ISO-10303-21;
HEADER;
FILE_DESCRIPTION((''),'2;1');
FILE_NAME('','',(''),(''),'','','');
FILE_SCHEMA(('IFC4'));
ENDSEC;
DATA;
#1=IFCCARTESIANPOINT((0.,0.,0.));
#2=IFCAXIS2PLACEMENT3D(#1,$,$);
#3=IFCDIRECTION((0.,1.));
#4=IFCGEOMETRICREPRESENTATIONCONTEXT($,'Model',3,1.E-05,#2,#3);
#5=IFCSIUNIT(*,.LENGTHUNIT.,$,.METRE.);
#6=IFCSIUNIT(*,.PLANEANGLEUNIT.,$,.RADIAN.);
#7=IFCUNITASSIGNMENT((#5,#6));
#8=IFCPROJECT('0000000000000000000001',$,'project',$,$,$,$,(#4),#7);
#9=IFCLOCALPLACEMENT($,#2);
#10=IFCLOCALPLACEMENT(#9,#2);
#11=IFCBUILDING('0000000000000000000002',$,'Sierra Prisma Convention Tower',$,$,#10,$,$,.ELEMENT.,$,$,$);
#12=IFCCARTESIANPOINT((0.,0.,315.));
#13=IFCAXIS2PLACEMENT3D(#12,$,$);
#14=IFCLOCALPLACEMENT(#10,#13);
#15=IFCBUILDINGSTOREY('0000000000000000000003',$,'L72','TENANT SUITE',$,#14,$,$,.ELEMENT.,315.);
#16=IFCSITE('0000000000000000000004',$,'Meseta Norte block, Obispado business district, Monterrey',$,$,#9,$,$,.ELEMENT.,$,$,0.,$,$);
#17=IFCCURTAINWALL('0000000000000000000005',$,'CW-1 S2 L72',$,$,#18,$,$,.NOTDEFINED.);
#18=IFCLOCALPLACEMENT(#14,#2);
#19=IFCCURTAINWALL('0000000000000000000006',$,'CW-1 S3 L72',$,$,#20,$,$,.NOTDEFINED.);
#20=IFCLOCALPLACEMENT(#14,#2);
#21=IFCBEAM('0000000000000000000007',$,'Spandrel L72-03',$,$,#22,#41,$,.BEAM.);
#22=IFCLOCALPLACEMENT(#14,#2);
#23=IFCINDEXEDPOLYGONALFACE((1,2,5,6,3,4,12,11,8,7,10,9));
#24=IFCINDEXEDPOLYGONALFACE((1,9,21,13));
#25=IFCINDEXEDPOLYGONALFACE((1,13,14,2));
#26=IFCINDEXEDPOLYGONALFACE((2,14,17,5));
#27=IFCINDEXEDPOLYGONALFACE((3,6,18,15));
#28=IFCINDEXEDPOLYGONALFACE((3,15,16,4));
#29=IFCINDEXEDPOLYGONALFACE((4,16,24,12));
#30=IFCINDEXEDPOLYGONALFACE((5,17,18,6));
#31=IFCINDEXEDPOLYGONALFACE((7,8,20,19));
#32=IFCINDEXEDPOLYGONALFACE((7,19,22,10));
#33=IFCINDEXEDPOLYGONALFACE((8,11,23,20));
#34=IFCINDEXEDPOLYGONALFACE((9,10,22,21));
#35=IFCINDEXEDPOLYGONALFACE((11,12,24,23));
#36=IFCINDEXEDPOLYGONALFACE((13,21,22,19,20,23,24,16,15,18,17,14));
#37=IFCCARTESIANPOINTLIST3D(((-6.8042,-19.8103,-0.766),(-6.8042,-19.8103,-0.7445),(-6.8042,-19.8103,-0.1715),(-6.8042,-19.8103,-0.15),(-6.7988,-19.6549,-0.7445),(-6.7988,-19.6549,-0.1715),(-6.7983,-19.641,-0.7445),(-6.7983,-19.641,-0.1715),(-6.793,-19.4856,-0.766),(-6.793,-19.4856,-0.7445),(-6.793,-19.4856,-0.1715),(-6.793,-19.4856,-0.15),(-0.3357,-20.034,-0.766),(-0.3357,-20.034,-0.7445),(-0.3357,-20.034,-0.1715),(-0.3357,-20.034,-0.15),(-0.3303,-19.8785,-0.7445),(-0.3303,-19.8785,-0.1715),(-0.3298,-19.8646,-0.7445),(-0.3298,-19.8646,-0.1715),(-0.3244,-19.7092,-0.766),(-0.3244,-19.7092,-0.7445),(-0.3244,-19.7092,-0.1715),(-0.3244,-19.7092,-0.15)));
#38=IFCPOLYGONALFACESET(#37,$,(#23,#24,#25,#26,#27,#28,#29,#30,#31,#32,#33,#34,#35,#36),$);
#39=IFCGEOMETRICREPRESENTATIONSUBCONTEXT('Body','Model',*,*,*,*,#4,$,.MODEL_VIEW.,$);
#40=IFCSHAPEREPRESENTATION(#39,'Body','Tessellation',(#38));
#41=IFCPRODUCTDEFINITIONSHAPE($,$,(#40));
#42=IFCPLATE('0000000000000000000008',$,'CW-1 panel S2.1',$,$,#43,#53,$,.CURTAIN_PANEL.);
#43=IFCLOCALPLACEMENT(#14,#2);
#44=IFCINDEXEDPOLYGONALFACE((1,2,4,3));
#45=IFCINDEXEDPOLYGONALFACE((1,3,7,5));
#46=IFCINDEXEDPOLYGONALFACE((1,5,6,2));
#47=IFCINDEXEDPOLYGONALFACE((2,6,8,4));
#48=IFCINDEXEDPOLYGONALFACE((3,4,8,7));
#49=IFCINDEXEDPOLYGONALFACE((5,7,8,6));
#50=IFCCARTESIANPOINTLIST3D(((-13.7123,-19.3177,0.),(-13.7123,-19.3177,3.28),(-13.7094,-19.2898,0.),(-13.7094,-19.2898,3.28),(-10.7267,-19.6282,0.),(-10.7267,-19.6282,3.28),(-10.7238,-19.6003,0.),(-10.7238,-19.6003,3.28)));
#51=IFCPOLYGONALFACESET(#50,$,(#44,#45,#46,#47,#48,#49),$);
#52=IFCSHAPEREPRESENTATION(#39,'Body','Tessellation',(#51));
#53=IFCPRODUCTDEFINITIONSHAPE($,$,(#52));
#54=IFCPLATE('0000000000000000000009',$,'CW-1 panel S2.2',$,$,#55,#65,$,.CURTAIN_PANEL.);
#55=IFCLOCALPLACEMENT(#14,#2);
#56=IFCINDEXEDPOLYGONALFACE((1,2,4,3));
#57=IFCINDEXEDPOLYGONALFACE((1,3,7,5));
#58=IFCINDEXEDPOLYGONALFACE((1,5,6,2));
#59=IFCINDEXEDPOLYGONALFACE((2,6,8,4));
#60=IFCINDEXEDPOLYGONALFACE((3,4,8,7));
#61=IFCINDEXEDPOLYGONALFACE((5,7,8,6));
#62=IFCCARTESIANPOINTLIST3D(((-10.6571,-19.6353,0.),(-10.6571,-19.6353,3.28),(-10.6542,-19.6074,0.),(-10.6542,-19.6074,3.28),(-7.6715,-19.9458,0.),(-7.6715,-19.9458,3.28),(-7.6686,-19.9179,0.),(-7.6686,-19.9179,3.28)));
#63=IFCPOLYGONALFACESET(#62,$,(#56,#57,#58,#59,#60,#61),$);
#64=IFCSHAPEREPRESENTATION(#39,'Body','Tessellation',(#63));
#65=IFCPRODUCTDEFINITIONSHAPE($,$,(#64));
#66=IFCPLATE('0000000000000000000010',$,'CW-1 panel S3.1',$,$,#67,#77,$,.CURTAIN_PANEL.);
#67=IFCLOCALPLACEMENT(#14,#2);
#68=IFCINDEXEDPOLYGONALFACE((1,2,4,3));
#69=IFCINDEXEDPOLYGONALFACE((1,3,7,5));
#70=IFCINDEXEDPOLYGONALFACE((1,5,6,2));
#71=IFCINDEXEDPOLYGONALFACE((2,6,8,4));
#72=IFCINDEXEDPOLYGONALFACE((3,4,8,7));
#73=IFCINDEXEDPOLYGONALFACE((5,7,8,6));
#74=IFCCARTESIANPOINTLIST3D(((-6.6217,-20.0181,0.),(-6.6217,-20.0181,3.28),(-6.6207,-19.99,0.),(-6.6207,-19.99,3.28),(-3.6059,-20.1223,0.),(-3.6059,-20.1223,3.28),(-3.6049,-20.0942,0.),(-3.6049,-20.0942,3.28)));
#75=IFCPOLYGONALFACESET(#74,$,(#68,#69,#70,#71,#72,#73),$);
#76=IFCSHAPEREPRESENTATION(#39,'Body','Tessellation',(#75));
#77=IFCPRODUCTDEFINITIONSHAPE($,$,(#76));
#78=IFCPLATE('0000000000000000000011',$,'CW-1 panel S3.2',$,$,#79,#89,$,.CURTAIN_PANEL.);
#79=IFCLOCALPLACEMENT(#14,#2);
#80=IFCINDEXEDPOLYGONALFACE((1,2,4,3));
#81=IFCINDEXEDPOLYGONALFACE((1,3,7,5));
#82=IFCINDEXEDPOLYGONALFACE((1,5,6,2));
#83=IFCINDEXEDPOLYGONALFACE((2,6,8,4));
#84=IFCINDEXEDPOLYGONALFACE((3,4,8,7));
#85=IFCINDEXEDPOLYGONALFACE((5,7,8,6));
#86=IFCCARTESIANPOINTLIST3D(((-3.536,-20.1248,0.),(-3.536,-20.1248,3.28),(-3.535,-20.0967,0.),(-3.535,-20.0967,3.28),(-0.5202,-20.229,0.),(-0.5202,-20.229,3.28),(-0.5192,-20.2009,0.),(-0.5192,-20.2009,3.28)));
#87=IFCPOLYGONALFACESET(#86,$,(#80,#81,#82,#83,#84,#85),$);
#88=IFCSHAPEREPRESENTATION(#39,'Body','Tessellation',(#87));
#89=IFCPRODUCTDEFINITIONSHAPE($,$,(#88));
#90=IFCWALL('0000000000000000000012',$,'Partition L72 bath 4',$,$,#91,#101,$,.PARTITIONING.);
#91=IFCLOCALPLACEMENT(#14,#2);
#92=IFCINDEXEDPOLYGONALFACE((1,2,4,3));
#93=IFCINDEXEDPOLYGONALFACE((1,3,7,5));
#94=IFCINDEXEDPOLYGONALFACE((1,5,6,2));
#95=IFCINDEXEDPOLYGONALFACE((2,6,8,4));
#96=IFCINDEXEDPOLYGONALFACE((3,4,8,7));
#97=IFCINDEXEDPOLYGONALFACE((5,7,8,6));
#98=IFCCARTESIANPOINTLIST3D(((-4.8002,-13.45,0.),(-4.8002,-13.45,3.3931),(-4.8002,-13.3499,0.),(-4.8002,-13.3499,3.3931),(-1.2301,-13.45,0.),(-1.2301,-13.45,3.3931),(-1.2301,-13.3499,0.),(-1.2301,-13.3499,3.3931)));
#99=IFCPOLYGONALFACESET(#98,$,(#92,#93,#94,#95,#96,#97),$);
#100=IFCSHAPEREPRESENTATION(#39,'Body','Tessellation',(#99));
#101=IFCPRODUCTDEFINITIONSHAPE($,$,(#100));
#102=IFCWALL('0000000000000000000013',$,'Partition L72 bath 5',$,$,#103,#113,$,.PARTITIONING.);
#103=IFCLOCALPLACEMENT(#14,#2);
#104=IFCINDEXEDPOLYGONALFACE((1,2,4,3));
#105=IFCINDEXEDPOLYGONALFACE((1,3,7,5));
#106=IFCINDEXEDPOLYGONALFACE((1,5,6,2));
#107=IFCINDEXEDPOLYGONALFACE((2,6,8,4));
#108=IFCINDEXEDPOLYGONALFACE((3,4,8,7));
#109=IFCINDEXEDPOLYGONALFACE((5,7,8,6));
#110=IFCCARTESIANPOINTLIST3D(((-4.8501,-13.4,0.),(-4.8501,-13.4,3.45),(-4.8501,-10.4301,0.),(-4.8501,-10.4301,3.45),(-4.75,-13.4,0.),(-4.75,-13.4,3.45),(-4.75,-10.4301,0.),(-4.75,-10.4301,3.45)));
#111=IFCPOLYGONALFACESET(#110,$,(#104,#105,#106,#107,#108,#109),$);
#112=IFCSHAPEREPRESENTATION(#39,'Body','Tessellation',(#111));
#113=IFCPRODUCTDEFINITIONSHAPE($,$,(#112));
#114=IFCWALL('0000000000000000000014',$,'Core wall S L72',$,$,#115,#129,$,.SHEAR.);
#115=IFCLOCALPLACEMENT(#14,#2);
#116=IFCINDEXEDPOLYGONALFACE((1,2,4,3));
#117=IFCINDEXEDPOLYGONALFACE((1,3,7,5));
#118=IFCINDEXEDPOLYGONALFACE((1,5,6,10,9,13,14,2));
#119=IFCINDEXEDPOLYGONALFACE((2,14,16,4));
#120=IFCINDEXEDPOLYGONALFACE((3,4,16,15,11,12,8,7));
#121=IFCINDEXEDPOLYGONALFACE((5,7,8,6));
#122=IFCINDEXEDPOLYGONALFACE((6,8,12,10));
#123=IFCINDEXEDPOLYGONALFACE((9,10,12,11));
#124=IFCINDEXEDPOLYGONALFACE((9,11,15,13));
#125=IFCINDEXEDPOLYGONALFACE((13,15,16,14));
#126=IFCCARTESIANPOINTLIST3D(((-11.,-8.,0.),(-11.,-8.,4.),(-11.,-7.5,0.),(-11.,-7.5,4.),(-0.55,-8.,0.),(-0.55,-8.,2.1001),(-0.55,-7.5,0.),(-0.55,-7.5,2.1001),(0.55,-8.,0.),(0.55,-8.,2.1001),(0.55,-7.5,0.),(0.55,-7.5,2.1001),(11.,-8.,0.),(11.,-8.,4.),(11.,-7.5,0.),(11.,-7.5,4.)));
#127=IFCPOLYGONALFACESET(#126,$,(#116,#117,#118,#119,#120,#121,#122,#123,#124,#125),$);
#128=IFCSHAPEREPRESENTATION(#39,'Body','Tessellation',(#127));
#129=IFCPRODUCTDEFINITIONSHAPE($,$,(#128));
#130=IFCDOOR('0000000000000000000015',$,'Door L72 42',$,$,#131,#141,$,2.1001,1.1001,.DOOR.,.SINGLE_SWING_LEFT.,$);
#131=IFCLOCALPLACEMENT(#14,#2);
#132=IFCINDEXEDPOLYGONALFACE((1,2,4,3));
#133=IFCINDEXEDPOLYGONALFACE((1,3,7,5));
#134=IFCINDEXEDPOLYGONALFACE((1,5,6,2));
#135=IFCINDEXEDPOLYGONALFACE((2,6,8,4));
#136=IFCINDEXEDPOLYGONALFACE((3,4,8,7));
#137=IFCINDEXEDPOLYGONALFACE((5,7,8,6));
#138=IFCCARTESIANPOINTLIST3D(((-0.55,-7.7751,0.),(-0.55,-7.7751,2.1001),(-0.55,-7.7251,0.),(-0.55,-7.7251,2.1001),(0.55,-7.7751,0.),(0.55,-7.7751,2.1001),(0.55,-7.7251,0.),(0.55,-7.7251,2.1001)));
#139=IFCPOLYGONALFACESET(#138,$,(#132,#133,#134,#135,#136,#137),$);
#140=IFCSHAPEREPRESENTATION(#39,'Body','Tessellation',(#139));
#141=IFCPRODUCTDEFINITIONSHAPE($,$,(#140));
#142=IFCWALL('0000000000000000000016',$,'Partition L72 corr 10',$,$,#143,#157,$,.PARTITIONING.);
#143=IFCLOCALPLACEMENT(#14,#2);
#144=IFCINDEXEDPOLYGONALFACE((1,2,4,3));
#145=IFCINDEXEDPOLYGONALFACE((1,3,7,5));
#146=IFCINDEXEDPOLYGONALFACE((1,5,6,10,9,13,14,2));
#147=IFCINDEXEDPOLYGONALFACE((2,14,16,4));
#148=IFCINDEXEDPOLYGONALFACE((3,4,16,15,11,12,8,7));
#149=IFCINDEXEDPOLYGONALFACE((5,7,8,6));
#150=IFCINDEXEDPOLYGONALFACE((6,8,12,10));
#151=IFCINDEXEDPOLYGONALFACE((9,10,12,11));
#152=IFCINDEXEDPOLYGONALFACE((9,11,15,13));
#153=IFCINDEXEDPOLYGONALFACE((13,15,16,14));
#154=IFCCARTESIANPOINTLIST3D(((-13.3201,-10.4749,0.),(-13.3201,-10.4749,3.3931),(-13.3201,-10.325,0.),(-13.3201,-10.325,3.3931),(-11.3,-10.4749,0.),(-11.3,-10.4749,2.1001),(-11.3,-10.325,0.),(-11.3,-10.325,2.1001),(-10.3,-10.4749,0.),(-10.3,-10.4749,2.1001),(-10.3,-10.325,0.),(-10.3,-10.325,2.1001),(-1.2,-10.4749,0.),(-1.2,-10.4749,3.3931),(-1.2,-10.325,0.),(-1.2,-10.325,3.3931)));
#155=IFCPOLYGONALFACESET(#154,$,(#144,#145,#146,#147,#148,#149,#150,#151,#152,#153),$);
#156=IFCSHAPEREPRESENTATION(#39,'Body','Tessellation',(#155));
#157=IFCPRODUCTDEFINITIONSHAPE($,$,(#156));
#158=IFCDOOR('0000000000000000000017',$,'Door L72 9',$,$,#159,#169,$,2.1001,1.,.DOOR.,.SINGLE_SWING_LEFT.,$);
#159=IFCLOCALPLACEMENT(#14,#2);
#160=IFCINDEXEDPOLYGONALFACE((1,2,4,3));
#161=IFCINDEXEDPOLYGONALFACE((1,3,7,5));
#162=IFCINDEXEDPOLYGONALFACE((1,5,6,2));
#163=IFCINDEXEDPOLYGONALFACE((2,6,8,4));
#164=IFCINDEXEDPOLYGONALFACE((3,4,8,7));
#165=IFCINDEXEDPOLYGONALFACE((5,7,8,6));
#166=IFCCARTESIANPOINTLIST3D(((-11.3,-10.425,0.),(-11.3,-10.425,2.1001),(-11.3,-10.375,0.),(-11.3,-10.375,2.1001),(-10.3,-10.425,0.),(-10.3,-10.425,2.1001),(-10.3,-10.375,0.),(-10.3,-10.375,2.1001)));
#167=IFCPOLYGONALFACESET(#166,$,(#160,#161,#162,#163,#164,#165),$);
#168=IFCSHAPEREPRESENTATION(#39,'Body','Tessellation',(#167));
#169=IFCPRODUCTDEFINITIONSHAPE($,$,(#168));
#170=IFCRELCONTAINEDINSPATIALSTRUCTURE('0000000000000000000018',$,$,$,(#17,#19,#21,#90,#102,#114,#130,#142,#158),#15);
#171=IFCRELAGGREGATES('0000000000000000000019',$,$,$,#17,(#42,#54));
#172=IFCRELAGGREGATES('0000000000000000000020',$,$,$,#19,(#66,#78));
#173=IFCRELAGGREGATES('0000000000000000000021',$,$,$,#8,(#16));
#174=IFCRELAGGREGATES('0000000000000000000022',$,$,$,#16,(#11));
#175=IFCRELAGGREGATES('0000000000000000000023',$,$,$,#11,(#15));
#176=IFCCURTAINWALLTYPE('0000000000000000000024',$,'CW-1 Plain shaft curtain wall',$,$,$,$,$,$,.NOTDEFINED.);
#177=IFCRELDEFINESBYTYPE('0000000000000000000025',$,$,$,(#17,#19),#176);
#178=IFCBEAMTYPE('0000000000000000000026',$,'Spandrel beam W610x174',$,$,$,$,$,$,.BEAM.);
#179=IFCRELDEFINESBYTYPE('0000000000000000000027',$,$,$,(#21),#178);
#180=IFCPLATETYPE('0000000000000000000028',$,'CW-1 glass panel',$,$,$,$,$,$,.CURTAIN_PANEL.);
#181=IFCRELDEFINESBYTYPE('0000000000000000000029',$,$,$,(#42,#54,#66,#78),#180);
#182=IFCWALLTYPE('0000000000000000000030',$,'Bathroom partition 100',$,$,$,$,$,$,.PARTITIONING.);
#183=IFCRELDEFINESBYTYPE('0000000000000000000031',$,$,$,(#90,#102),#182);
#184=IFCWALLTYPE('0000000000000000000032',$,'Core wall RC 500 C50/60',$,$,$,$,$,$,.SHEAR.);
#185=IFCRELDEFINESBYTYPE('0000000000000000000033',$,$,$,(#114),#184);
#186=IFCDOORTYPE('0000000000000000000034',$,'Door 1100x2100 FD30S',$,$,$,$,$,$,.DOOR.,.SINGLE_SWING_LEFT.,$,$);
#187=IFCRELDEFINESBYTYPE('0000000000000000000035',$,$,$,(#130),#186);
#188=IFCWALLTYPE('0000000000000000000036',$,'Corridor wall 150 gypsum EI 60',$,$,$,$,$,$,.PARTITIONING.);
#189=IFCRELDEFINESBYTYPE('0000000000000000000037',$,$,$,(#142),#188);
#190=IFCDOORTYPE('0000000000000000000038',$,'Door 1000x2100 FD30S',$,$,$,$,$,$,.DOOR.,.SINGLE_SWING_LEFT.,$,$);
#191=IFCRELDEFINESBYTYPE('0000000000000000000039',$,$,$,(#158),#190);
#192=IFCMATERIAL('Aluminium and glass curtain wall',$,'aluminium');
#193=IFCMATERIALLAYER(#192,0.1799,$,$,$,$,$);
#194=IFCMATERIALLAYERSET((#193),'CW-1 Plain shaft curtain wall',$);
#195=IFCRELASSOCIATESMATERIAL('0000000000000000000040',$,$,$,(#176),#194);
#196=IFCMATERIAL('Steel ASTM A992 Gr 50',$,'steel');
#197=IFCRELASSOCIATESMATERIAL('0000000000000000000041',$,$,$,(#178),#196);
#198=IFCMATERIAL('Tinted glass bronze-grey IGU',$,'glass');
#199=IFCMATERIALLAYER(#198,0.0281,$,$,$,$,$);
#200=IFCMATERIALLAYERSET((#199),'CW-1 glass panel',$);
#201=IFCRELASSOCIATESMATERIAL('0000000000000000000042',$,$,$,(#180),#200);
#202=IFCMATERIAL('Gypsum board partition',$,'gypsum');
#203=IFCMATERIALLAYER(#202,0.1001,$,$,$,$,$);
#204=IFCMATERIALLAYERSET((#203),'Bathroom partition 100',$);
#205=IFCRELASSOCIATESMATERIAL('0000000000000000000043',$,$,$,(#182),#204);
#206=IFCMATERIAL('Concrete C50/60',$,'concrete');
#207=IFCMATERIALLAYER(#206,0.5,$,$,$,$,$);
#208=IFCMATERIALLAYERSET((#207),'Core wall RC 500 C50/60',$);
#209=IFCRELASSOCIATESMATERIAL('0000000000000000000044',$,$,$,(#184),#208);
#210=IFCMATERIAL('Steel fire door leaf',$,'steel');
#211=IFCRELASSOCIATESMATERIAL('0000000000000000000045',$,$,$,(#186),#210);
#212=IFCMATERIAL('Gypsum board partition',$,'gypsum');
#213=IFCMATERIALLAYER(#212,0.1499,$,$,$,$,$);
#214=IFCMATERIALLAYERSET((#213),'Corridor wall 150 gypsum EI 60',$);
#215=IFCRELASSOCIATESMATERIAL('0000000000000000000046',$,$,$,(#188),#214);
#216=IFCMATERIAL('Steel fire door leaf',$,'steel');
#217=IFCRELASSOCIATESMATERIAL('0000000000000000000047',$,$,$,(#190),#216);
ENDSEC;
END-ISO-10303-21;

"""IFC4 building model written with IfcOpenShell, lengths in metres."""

from ifc_helpers import new_model, si_unit, direction, frame, frame_2d, origin, origin_2d, place, context, subcontext, project, spatial, rectangle, i_section, extrude, material, layer, layer_set, material_profile, profile_set, type_object, element, fill, aggregate, save


model = new_model("IFC4")

# Units and contexts
model_context = context("Model", 3, precision=1e-05, world=origin(), true_north=direction((0.0, 1.0)))
body_context = subcontext(model_context, "Body", "Model", "MODEL_VIEW")
ifc_project = project(units=[si_unit("LENGTHUNIT", "METRE"), si_unit("PLANEANGLEUNIT", "RADIAN")], contexts=[model_context])

# Site, building, storey
site_placement = place(None, origin())
site = spatial("IfcSite", under=ifc_project, at=site_placement, Name="Meseta Norte block, Obispado business district, Monterrey", CompositionType="ELEMENT", RefElevation=0.0)
building_placement = place(site_placement, origin())
building = spatial("IfcBuilding", under=site, at=building_placement, Name="Sierra Prisma Convention Tower", CompositionType="ELEMENT")
storey_placement = place(building_placement, frame((0.0, 0.0, 315.0)))
storey = spatial("IfcBuildingStorey", under=building, at=storey_placement, Name="L72", Description="TENANT SUITE", CompositionType="ELEMENT", Elevation=315.0)

# Curtain wall
ifc_material_1 = material(Name="Aluminium and glass curtain wall", Category="aluminium")
ifc_layer_1 = layer(ifc_material_1, 0.1799)
ifc_layer_set_1 = layer_set([ifc_layer_1], Name="CW-1 Plain shaft curtain wall")
curtain_wall_type = type_object("IfcCurtainWallType", Name="CW-1 Plain shaft curtain wall", PredefinedType="NOTDEFINED", material=ifc_layer_set_1)
curtain_wall_1_placement = place(storey_placement, origin())
curtain_wall_1 = element("IfcCurtainWall", 1, at=curtain_wall_1_placement, inside=storey, type_object=curtain_wall_type, Name="CW-1 S2 L72", PredefinedType="NOTDEFINED")

# Curtain wall
curtain_wall_2_placement = place(storey_placement, origin())
curtain_wall_2 = element("IfcCurtainWall", 2, at=curtain_wall_2_placement, inside=storey, type_object=curtain_wall_type, Name="CW-1 S3 L72", PredefinedType="NOTDEFINED")

# Beam
ifc_material_2 = material(Name="Steel ASTM A992 Gr 50", Category="steel")
ifc_material_profile_1 = material_profile(ifc_material_2, i_section(OverallWidth=0.325, OverallDepth=0.616, WebThickness=0.0139, FlangeThickness=0.0215, at=origin_2d()), Name="W610x174")
ifc_profile_set_1 = profile_set([ifc_material_profile_1], Name="Steel ASTM A992 Gr 50")
beam_type_1 = type_object("IfcBeamType", Name="Spandrel beam W610x174", PredefinedType="BEAM", material=ifc_profile_set_1)
beam_1_placement = place(storey_placement, frame((-6.7986, -19.6479, -0.458), z_axis=(0.999403, -0.034552, 0.0), x_axis=(0.034552, 0.999403, 0.0)))
element("IfcBeam", 3, at=beam_1_placement, inside=storey, type_object=beam_type_1, Name="Spandrel L72-03", PredefinedType="BEAM", context=body_context, shape_type="SweptSolid", body=[
    extrude(i_section(OverallWidth=0.325, OverallDepth=0.616, WebThickness=0.0139, FlangeThickness=0.0215, at=origin_2d()), origin(), (0.0, 0.0, 1.0), 6.4724),
])

# Plates
ifc_material_3 = material(Name="Tinted glass bronze-grey IGU", Category="glass")
ifc_layer_2 = layer(ifc_material_3, 0.0281)
ifc_layer_set_2 = layer_set([ifc_layer_2], Name="CW-1 glass panel")
plate_type = type_object("IfcPlateType", Name="CW-1 glass panel", PredefinedType="CURTAIN_PANEL", material=ifc_layer_set_2)
plate_1_placement = place(storey_placement, frame((-12.218, -19.459, 0.0), z_axis=(0.0, 0.0, 1.0), x_axis=(0.994637, -0.103428, 0.0)))
plate_1 = element("IfcPlate", 4, at=plate_1_placement, type_object=plate_type, Name="CW-1 panel S2.1", PredefinedType="CURTAIN_PANEL", context=body_context, shape_type="SweptSolid", body=[
    extrude(rectangle(XDim=3.0017, YDim=0.0281, at=origin_2d()), origin(), (0.0, 0.0, 1.0), 3.28),
])
plate_2_placement = place(storey_placement, frame((-9.1628, -19.7766, 0.0), z_axis=(0.0, 0.0, 1.0), x_axis=(0.994637, -0.103428, 0.0)))
plate_2 = element("IfcPlate", 5, at=plate_2_placement, type_object=plate_type, Name="CW-1 panel S2.2", PredefinedType="CURTAIN_PANEL", context=body_context, shape_type="SweptSolid", body=[
    extrude(rectangle(XDim=3.0017, YDim=0.0281, at=origin_2d()), origin(), (0.0, 0.0, 1.0), 3.28),
])
aggregate(curtain_wall_1, [plate_1, plate_2])
plate_3_placement = place(storey_placement, frame((-5.1133, -20.0562, 0.0), z_axis=(0.0, 0.0, 1.0), x_axis=(0.999404, -0.034531, 0.0)))
plate_3 = element("IfcPlate", 6, at=plate_3_placement, type_object=plate_type, Name="CW-1 panel S3.1", PredefinedType="CURTAIN_PANEL", context=body_context, shape_type="SweptSolid", body=[
    extrude(rectangle(XDim=3.0176, YDim=0.0281, at=origin_2d()), origin(), (0.0, 0.0, 1.0), 3.28),
])
plate_4_placement = place(storey_placement, frame((-2.0276, -20.1628, 0.0), z_axis=(0.0, 0.0, 1.0), x_axis=(0.999404, -0.034531, 0.0)))
plate_4 = element("IfcPlate", 7, at=plate_4_placement, type_object=plate_type, Name="CW-1 panel S3.2", PredefinedType="CURTAIN_PANEL", context=body_context, shape_type="SweptSolid", body=[
    extrude(rectangle(XDim=3.0176, YDim=0.0281, at=origin_2d()), origin(), (0.0, 0.0, 1.0), 3.28),
])
aggregate(curtain_wall_2, [plate_3, plate_4])

# Walls
ifc_material_4 = material(Name="Gypsum board partition", Category="gypsum")
ifc_layer_3 = layer(ifc_material_4, 0.1001)
ifc_layer_set_3 = layer_set([ifc_layer_3], Name="Bathroom partition 100")
wall_type_1 = type_object("IfcWallType", Name="Bathroom partition 100", PredefinedType="PARTITIONING", material=ifc_layer_set_3)
wall_1_placement = place(storey_placement, frame((-1.23, -13.3999, 0.0), z_axis=(0.0, 0.0, 1.0), x_axis=(-1.0, 0.0, 0.0)))
element("IfcWall", 8, at=wall_1_placement, inside=storey, type_object=wall_type_1, Name="Partition L72 bath 4", PredefinedType="PARTITIONING", context=body_context, shape_type="SweptSolid", body=[
    extrude(rectangle(XDim=3.5701, YDim=0.1001, at=frame_2d((1.7852, 0.0))), origin(), (0.0, 0.0, 1.0), 3.3931),
])
wall_2_placement = place(storey_placement, frame((-4.8, -13.3999, 0.0), z_axis=(0.0, 0.0, 1.0), x_axis=(0.0, 1.0, 0.0)))
element("IfcWall", 9, at=wall_2_placement, inside=storey, type_object=wall_type_1, Name="Partition L72 bath 5", PredefinedType="PARTITIONING", context=body_context, shape_type="SweptSolid", body=[
    extrude(rectangle(XDim=2.97, YDim=0.1001, at=frame_2d((1.4849, 0.0))), origin(), (0.0, 0.0, 1.0), 3.45),
])

# Walls, openings, doors
ifc_material_5 = material(Name="Concrete C50/60", Category="concrete")
ifc_layer_4 = layer(ifc_material_5, 0.5)
ifc_layer_set_4 = layer_set([ifc_layer_4], Name="Core wall RC 500 C50/60")
wall_type_2 = type_object("IfcWallType", Name="Core wall RC 500 C50/60", PredefinedType="SHEAR", material=ifc_layer_set_4)
wall_3_placement = place(storey_placement, frame((-11.0, -7.75, 0.0), z_axis=(0.0, 0.0, 1.0), x_axis=(1.0, 0.0, 0.0)))
wall_3 = element("IfcWall", 10, at=wall_3_placement, inside=storey, type_object=wall_type_2, Name="Core wall S L72", PredefinedType="SHEAR", context=body_context, shape_type="SweptSolid", body=[
    extrude(rectangle(XDim=22.0, YDim=0.5, at=frame_2d((11.0, 0.0))), origin(), (0.0, 0.0, 1.0), 4.0),
])
opening_1_placement = place(wall_3_placement, frame((10.45, 0.0, 0.0)))
opening_1 = element("IfcOpeningElement", 11, at=opening_1_placement, cuts=wall_3, PredefinedType="OPENING", context=body_context, shape_type="SweptSolid", body=[
    extrude(rectangle(XDim=1.1001, YDim=2.1001, at=frame_2d((0.55, 1.05))), frame((0.0, 0.25, 0.0), z_axis=(0.0, -1.0, 0.0), x_axis=(1.0, 0.0, 0.0)), (0.0, 0.0, 1.0), 0.5),
])
ifc_material_6 = material(Name="Steel fire door leaf", Category="steel")
door_type_1 = type_object("IfcDoorType", Name="Door 1100x2100 FD30S", OperationType="SINGLE_SWING_LEFT", PredefinedType="DOOR", material=ifc_material_6)
door_1_placement = place(opening_1_placement, origin())
door_1 = element("IfcDoor", 12, at=door_1_placement, inside=storey, type_object=door_type_1, Name="Door L72 42", OperationType="SINGLE_SWING_LEFT", OverallHeight=2.1001, OverallWidth=1.1001, PredefinedType="DOOR", context=body_context, shape_type="SweptSolid", body=[
    extrude(rectangle(XDim=1.1001, YDim=2.1001, at=frame_2d((0.55, 1.05))), frame((0.0, 0.0249, 0.0), z_axis=(0.0, -1.0, 0.0), x_axis=(1.0, 0.0, 0.0)), (0.0, 0.0, 1.0), 0.05),
])
fill(opening_1, door_1)
ifc_material_7 = material(Name="Gypsum board partition", Category="gypsum")
ifc_layer_5 = layer(ifc_material_7, 0.1499)
ifc_layer_set_5 = layer_set([ifc_layer_5], Name="Corridor wall 150 gypsum EI 60")
wall_type_3 = type_object("IfcWallType", Name="Corridor wall 150 gypsum EI 60", PredefinedType="PARTITIONING", material=ifc_layer_set_5)
wall_4_placement = place(storey_placement, frame((-13.3201, -10.3999, 0.0), z_axis=(0.0, 0.0, 1.0), x_axis=(1.0, 0.0, 0.0)))
wall_4 = element("IfcWall", 13, at=wall_4_placement, inside=storey, type_object=wall_type_3, Name="Partition L72 corr 10", PredefinedType="PARTITIONING", context=body_context, shape_type="SweptSolid", body=[
    extrude(rectangle(XDim=12.1201, YDim=0.1499, at=frame_2d((6.0601, 0.0))), origin(), (0.0, 0.0, 1.0), 3.3931),
])
opening_2_placement = place(wall_4_placement, frame((2.02, 0.0, 0.0)))
opening_2 = element("IfcOpeningElement", 14, at=opening_2_placement, cuts=wall_4, PredefinedType="OPENING", context=body_context, shape_type="SweptSolid", body=[
    extrude(rectangle(XDim=1.0, YDim=2.1001, at=frame_2d((0.5, 1.05))), frame((0.0, 0.075, 0.0), z_axis=(0.0, -1.0, 0.0), x_axis=(1.0, 0.0, 0.0)), (0.0, 0.0, 1.0), 0.1499),
])
ifc_material_8 = material(Name="Steel fire door leaf", Category="steel")
door_type_2 = type_object("IfcDoorType", Name="Door 1000x2100 FD30S", OperationType="SINGLE_SWING_LEFT", PredefinedType="DOOR", material=ifc_material_8)
door_2_placement = place(opening_2_placement, origin())
door_2 = element("IfcDoor", 15, at=door_2_placement, inside=storey, type_object=door_type_2, Name="Door L72 9", OperationType="SINGLE_SWING_LEFT", OverallHeight=2.1001, OverallWidth=1.0, PredefinedType="DOOR", context=body_context, shape_type="SweptSolid", body=[
    extrude(rectangle(XDim=1.0, YDim=2.1001, at=frame_2d((0.5, 1.05))), frame((0.0, 0.0249, 0.0), z_axis=(0.0, -1.0, 0.0), x_axis=(1.0, 0.0, 0.0)), (0.0, 0.0, 1.0), 0.05),
])
fill(opening_2, door_2)

save(model, "model.ifc")
